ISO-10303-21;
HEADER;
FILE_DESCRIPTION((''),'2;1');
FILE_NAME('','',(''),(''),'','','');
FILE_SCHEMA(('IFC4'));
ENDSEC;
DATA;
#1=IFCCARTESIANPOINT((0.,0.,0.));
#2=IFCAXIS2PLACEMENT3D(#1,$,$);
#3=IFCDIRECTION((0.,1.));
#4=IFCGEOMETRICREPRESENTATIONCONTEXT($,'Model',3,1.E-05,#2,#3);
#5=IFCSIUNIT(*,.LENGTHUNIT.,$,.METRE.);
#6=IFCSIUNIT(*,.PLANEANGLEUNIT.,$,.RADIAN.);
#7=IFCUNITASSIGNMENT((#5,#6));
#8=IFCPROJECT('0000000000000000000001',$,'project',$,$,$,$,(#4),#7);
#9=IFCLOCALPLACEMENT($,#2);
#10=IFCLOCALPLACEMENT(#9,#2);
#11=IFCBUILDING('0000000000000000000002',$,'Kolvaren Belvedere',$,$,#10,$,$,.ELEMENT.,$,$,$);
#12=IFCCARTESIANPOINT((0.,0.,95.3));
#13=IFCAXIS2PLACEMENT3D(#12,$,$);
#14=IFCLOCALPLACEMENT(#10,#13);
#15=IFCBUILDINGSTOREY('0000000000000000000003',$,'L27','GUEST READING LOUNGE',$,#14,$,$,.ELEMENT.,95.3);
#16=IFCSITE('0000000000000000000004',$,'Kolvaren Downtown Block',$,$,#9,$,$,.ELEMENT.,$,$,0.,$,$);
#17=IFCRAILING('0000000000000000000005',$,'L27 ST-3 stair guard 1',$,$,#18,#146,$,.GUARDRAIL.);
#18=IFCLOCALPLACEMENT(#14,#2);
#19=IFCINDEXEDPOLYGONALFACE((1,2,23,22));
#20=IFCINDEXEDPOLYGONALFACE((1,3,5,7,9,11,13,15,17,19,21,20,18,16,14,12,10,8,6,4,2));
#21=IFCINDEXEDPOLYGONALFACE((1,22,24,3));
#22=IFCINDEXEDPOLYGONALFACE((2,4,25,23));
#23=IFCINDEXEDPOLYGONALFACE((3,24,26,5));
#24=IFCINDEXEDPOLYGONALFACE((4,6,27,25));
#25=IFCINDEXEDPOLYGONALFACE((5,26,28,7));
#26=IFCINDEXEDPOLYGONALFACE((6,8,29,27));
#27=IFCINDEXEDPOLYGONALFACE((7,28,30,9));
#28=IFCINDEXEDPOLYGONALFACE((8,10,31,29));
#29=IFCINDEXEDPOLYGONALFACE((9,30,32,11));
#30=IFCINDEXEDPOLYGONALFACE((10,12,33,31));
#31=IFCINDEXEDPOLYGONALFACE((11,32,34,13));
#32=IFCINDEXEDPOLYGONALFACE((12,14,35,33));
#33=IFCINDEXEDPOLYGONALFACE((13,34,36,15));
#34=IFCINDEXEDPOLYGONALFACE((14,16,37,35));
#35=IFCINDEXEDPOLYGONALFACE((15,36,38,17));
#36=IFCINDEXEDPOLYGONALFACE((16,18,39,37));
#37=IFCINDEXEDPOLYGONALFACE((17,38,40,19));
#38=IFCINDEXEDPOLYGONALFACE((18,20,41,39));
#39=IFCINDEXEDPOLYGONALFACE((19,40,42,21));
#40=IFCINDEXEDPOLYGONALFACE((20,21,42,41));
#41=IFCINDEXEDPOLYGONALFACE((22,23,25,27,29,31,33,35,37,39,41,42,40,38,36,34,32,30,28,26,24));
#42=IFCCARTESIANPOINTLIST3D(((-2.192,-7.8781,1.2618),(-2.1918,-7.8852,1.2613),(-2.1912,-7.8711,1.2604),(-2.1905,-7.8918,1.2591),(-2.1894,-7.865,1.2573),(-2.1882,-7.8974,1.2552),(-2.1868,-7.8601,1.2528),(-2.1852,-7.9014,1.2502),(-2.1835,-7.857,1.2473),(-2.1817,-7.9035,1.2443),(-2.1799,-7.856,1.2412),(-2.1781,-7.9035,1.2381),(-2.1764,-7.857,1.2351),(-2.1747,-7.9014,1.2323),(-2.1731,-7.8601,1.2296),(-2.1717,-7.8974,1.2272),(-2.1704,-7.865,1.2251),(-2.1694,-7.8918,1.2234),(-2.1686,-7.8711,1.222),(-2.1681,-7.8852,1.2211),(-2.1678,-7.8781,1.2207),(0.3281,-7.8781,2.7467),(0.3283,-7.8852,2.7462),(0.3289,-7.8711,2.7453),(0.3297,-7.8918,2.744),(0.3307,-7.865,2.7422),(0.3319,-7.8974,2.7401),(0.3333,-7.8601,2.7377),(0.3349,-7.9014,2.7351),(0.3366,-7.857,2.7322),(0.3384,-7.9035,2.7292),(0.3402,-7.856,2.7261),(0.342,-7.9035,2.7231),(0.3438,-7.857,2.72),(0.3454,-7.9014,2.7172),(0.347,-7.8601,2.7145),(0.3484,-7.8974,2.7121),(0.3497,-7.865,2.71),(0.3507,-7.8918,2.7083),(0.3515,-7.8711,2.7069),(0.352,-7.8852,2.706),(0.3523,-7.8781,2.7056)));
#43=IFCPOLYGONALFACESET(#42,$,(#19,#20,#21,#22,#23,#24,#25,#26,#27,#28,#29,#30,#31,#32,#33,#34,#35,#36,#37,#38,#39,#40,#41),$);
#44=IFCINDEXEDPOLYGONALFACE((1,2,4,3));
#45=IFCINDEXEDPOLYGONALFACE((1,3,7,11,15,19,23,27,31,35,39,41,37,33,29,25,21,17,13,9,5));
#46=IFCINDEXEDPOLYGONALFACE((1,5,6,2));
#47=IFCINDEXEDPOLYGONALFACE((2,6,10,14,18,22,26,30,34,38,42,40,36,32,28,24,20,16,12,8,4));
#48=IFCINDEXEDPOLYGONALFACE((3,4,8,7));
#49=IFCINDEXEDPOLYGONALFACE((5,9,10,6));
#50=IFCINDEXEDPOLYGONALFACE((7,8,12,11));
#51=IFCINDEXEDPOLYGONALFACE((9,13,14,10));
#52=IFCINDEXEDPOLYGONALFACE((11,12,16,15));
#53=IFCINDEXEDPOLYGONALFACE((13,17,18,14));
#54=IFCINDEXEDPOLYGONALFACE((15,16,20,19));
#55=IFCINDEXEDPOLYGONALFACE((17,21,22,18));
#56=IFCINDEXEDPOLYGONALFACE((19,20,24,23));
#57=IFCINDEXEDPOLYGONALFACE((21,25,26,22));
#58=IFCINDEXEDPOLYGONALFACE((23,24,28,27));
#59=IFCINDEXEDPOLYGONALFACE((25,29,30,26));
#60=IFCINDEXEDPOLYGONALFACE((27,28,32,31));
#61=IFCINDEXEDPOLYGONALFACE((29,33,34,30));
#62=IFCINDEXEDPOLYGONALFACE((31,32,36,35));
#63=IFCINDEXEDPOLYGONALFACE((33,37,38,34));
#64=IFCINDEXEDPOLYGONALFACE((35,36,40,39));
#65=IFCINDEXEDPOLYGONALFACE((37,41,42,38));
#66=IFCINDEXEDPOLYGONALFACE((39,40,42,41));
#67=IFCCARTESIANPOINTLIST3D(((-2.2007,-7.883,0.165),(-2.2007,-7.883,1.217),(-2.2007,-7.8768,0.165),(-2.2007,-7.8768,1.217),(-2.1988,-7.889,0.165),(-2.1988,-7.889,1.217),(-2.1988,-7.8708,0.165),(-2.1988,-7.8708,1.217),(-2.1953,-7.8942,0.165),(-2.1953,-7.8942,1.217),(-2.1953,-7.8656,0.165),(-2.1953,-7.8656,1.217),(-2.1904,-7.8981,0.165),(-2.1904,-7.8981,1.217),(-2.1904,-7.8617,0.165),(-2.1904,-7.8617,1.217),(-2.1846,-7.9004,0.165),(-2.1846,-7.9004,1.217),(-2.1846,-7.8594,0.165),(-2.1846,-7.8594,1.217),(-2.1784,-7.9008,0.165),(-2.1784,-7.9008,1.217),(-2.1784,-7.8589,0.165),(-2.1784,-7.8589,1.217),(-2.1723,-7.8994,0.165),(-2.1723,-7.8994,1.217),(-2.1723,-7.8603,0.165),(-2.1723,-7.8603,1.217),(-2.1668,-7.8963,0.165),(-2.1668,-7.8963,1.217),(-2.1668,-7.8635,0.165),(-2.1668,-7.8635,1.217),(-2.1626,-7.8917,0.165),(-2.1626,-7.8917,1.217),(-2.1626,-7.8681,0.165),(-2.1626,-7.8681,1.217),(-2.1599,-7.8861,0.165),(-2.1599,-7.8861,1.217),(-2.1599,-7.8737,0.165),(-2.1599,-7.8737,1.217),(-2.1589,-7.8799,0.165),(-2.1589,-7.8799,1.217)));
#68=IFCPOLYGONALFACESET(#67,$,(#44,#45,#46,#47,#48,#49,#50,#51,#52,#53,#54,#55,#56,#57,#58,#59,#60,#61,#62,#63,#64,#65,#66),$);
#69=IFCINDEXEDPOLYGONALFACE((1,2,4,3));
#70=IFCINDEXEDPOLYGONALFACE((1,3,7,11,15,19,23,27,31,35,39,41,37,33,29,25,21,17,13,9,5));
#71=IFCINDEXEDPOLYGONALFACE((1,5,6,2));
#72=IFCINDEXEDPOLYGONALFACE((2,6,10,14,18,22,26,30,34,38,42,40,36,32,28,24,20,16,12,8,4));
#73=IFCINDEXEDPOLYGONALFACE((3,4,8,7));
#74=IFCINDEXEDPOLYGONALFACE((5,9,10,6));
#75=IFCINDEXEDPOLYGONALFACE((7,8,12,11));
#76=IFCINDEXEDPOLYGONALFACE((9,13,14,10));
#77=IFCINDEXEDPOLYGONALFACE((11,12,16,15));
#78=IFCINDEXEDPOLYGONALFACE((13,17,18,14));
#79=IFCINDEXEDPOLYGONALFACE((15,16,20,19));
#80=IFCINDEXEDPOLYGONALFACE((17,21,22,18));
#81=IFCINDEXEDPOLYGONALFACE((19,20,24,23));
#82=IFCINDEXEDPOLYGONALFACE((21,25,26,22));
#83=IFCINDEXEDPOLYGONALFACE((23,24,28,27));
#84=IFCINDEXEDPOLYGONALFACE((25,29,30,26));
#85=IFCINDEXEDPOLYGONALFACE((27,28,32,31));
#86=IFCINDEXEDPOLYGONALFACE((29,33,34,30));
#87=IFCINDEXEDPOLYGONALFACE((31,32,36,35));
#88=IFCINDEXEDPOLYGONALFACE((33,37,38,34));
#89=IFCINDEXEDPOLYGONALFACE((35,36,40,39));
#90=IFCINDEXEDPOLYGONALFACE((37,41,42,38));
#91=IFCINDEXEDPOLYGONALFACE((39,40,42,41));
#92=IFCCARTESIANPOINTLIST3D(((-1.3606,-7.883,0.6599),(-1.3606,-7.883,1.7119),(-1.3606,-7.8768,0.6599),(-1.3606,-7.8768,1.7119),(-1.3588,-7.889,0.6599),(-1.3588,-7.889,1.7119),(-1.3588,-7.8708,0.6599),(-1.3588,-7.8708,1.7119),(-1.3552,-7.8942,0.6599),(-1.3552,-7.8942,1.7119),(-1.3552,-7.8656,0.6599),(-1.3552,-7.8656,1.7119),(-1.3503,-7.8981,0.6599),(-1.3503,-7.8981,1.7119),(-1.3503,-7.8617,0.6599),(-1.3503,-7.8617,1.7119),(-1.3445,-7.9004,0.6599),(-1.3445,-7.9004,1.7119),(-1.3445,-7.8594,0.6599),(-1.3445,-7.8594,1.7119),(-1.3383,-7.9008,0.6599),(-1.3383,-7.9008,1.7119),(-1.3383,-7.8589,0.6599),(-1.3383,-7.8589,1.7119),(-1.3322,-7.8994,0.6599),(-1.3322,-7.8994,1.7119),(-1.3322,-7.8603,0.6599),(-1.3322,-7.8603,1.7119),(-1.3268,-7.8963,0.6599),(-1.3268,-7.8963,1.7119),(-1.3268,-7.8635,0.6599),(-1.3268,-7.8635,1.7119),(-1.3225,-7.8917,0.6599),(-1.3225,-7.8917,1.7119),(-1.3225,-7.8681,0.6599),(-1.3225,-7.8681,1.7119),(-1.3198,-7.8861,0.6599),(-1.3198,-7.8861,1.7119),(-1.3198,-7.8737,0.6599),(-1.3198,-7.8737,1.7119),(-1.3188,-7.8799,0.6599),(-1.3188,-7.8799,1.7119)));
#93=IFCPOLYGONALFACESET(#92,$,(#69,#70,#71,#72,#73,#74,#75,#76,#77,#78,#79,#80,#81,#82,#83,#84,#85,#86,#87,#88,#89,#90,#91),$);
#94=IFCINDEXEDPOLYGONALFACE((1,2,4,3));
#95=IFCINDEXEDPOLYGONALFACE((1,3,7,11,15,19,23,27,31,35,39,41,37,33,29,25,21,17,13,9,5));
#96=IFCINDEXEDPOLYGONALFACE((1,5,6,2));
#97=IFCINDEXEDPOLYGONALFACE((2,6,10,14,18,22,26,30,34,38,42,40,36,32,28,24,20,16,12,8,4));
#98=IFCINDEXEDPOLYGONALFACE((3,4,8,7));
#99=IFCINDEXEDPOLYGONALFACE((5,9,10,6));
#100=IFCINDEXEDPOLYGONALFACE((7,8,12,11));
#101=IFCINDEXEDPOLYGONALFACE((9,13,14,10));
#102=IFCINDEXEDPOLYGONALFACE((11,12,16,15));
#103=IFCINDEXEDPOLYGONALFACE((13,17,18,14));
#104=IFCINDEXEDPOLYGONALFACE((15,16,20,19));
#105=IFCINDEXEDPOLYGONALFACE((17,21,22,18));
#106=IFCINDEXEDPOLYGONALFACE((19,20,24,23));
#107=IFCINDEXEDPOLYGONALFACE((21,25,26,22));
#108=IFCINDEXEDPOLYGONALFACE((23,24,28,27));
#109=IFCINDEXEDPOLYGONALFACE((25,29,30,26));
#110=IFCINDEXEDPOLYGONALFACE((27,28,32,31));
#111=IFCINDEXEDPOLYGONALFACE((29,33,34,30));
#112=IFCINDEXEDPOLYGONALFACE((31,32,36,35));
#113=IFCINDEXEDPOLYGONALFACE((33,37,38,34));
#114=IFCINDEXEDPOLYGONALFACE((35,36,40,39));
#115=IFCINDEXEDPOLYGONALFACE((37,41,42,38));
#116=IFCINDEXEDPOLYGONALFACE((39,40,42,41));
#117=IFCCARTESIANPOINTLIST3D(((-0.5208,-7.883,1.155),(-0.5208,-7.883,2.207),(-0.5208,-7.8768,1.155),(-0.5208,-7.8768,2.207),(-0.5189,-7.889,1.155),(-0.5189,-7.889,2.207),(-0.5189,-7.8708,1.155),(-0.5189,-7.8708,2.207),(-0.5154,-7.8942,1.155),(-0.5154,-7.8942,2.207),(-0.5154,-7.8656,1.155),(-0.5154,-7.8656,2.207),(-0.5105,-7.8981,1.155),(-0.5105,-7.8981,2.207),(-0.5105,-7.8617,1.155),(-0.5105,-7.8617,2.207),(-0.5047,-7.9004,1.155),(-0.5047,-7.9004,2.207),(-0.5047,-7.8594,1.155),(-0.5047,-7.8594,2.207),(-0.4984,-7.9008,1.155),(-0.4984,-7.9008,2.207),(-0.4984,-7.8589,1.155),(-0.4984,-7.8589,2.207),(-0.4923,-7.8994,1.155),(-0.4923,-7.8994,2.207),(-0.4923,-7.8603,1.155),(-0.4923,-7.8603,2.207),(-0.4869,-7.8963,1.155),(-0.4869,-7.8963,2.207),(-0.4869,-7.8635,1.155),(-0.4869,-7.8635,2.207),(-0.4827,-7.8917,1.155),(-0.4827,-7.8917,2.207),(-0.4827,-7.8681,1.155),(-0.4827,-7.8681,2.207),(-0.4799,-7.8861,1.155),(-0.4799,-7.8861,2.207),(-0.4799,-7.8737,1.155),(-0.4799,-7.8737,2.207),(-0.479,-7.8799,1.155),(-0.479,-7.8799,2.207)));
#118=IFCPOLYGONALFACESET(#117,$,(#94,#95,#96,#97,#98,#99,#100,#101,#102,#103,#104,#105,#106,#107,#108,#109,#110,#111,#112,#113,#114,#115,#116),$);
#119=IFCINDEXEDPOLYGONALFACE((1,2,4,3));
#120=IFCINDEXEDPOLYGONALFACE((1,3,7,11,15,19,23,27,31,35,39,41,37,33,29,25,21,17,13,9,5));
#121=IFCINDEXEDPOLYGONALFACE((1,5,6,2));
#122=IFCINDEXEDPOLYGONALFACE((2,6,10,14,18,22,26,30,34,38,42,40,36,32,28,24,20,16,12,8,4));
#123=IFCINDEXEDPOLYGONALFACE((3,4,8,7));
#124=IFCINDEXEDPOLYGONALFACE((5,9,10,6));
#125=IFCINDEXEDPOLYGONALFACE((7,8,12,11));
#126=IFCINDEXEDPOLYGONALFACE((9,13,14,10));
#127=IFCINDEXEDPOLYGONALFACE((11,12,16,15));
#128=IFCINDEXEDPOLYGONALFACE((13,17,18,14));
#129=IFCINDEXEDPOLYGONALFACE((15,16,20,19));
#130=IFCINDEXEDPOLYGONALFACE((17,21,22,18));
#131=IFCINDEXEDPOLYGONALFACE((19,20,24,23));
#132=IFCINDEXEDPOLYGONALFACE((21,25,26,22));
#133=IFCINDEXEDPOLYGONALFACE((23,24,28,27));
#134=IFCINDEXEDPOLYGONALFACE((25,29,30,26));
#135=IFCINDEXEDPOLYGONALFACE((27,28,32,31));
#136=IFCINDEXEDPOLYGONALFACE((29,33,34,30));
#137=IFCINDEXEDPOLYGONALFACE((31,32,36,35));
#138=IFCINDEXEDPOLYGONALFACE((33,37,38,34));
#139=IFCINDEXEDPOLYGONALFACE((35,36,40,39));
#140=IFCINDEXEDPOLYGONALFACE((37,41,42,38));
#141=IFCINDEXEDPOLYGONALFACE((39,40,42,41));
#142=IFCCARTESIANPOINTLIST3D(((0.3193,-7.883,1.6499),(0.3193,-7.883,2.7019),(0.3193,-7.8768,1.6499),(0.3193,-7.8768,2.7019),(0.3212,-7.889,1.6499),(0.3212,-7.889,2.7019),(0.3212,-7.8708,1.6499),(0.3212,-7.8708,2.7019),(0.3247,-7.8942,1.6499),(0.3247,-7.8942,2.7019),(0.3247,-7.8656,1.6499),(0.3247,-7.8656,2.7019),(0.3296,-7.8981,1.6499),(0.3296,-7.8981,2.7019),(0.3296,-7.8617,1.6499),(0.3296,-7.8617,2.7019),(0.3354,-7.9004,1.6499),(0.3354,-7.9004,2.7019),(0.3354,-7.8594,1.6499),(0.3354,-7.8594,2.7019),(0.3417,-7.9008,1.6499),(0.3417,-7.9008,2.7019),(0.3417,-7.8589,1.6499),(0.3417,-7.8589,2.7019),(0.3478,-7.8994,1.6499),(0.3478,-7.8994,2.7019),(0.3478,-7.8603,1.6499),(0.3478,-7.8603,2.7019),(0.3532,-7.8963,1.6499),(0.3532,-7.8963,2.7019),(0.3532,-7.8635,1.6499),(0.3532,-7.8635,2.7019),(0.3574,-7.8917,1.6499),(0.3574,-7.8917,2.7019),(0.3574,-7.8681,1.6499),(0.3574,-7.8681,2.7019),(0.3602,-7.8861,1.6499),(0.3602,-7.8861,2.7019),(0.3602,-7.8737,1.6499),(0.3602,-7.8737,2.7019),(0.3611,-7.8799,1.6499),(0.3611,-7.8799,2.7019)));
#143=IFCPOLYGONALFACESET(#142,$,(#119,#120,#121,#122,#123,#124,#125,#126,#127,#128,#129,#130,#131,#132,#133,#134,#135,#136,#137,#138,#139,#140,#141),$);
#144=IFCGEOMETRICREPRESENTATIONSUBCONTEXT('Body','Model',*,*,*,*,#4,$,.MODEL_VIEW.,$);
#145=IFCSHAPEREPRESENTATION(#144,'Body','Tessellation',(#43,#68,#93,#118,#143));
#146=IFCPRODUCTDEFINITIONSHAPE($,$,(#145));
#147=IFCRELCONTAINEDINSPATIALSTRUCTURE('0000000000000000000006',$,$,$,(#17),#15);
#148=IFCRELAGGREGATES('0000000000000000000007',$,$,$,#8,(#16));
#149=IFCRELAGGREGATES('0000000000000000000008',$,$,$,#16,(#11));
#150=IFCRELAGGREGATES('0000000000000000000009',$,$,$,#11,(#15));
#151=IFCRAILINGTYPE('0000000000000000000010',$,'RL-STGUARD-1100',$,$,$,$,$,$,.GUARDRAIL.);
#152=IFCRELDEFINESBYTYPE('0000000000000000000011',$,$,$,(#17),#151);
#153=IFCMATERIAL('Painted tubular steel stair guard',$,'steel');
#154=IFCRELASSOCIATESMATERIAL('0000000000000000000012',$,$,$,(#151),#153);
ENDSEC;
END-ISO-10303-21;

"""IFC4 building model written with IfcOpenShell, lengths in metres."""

from ifc_helpers import new_model, si_unit, direction, frame, origin, origin_2d, place, context, subcontext, project, spatial, circle, extrude, material, type_object, element, save


model = new_model("IFC4")

# Units and contexts
model_context = context("Model", 3, precision=1e-05, world=origin(), true_north=direction((0.0, 1.0)))
body_context = subcontext(model_context, "Body", "Model", "MODEL_VIEW")
ifc_project = project(units=[si_unit("LENGTHUNIT", "METRE"), si_unit("PLANEANGLEUNIT", "RADIAN")], contexts=[model_context])

# Site, building, storey
site_placement = place(None, origin())
site = spatial("IfcSite", under=ifc_project, at=site_placement, Name="Kolvaren Downtown Block", CompositionType="ELEMENT", RefElevation=0.0)
building_placement = place(site_placement, origin())
building = spatial("IfcBuilding", under=site, at=building_placement, Name="Kolvaren Belvedere", CompositionType="ELEMENT")
storey_placement = place(building_placement, frame((0.0, 0.0, 95.3)))
storey = spatial("IfcBuildingStorey", under=building, at=storey_placement, Name="L27", Description="GUEST READING LOUNGE", CompositionType="ELEMENT", Elevation=95.3)

# Railing
ifc_material_1 = material(Name="Painted tubular steel stair guard", Category="steel")
railing_type_1 = type_object("IfcRailingType", Name="RL-STGUARD-1100", PredefinedType="GUARDRAIL", material=ifc_material_1)
railing_1_placement = place(storey_placement, frame((-2.1799, -7.8799, 0.165)))
element("IfcRailing", 1, at=railing_1_placement, inside=storey, type_object=railing_type_1, Name="L27 ST-3 stair guard 1", PredefinedType="GUARDRAIL", context=body_context, shape_type="SweptSolid", body=[
    extrude(circle(Radius=0.0239, at=origin_2d()), frame((0.0, 0.0, 1.0762), z_axis=(0.861561, 0.0, 0.507655), x_axis=(0.0, 1.0, 0.0)), (0.0, 0.0, 1.0), 2.925),
    extrude(circle(Radius=0.021, at=origin_2d()), origin(), (0.0, 0.0, 1.0), 1.052),
    extrude(circle(Radius=0.021, at=origin_2d()), frame((0.8401, 0.0, 0.4949)), (0.0, 0.0, 1.0), 1.052),
    extrude(circle(Radius=0.021, at=origin_2d()), frame((1.6799, 0.0, 0.99)), (0.0, 0.0, 1.0), 1.052),
    extrude(circle(Radius=0.021, at=origin_2d()), frame((2.52, 0.0, 1.4849)), (0.0, 0.0, 1.0), 1.052),
])

save(model, "model.ifc")
